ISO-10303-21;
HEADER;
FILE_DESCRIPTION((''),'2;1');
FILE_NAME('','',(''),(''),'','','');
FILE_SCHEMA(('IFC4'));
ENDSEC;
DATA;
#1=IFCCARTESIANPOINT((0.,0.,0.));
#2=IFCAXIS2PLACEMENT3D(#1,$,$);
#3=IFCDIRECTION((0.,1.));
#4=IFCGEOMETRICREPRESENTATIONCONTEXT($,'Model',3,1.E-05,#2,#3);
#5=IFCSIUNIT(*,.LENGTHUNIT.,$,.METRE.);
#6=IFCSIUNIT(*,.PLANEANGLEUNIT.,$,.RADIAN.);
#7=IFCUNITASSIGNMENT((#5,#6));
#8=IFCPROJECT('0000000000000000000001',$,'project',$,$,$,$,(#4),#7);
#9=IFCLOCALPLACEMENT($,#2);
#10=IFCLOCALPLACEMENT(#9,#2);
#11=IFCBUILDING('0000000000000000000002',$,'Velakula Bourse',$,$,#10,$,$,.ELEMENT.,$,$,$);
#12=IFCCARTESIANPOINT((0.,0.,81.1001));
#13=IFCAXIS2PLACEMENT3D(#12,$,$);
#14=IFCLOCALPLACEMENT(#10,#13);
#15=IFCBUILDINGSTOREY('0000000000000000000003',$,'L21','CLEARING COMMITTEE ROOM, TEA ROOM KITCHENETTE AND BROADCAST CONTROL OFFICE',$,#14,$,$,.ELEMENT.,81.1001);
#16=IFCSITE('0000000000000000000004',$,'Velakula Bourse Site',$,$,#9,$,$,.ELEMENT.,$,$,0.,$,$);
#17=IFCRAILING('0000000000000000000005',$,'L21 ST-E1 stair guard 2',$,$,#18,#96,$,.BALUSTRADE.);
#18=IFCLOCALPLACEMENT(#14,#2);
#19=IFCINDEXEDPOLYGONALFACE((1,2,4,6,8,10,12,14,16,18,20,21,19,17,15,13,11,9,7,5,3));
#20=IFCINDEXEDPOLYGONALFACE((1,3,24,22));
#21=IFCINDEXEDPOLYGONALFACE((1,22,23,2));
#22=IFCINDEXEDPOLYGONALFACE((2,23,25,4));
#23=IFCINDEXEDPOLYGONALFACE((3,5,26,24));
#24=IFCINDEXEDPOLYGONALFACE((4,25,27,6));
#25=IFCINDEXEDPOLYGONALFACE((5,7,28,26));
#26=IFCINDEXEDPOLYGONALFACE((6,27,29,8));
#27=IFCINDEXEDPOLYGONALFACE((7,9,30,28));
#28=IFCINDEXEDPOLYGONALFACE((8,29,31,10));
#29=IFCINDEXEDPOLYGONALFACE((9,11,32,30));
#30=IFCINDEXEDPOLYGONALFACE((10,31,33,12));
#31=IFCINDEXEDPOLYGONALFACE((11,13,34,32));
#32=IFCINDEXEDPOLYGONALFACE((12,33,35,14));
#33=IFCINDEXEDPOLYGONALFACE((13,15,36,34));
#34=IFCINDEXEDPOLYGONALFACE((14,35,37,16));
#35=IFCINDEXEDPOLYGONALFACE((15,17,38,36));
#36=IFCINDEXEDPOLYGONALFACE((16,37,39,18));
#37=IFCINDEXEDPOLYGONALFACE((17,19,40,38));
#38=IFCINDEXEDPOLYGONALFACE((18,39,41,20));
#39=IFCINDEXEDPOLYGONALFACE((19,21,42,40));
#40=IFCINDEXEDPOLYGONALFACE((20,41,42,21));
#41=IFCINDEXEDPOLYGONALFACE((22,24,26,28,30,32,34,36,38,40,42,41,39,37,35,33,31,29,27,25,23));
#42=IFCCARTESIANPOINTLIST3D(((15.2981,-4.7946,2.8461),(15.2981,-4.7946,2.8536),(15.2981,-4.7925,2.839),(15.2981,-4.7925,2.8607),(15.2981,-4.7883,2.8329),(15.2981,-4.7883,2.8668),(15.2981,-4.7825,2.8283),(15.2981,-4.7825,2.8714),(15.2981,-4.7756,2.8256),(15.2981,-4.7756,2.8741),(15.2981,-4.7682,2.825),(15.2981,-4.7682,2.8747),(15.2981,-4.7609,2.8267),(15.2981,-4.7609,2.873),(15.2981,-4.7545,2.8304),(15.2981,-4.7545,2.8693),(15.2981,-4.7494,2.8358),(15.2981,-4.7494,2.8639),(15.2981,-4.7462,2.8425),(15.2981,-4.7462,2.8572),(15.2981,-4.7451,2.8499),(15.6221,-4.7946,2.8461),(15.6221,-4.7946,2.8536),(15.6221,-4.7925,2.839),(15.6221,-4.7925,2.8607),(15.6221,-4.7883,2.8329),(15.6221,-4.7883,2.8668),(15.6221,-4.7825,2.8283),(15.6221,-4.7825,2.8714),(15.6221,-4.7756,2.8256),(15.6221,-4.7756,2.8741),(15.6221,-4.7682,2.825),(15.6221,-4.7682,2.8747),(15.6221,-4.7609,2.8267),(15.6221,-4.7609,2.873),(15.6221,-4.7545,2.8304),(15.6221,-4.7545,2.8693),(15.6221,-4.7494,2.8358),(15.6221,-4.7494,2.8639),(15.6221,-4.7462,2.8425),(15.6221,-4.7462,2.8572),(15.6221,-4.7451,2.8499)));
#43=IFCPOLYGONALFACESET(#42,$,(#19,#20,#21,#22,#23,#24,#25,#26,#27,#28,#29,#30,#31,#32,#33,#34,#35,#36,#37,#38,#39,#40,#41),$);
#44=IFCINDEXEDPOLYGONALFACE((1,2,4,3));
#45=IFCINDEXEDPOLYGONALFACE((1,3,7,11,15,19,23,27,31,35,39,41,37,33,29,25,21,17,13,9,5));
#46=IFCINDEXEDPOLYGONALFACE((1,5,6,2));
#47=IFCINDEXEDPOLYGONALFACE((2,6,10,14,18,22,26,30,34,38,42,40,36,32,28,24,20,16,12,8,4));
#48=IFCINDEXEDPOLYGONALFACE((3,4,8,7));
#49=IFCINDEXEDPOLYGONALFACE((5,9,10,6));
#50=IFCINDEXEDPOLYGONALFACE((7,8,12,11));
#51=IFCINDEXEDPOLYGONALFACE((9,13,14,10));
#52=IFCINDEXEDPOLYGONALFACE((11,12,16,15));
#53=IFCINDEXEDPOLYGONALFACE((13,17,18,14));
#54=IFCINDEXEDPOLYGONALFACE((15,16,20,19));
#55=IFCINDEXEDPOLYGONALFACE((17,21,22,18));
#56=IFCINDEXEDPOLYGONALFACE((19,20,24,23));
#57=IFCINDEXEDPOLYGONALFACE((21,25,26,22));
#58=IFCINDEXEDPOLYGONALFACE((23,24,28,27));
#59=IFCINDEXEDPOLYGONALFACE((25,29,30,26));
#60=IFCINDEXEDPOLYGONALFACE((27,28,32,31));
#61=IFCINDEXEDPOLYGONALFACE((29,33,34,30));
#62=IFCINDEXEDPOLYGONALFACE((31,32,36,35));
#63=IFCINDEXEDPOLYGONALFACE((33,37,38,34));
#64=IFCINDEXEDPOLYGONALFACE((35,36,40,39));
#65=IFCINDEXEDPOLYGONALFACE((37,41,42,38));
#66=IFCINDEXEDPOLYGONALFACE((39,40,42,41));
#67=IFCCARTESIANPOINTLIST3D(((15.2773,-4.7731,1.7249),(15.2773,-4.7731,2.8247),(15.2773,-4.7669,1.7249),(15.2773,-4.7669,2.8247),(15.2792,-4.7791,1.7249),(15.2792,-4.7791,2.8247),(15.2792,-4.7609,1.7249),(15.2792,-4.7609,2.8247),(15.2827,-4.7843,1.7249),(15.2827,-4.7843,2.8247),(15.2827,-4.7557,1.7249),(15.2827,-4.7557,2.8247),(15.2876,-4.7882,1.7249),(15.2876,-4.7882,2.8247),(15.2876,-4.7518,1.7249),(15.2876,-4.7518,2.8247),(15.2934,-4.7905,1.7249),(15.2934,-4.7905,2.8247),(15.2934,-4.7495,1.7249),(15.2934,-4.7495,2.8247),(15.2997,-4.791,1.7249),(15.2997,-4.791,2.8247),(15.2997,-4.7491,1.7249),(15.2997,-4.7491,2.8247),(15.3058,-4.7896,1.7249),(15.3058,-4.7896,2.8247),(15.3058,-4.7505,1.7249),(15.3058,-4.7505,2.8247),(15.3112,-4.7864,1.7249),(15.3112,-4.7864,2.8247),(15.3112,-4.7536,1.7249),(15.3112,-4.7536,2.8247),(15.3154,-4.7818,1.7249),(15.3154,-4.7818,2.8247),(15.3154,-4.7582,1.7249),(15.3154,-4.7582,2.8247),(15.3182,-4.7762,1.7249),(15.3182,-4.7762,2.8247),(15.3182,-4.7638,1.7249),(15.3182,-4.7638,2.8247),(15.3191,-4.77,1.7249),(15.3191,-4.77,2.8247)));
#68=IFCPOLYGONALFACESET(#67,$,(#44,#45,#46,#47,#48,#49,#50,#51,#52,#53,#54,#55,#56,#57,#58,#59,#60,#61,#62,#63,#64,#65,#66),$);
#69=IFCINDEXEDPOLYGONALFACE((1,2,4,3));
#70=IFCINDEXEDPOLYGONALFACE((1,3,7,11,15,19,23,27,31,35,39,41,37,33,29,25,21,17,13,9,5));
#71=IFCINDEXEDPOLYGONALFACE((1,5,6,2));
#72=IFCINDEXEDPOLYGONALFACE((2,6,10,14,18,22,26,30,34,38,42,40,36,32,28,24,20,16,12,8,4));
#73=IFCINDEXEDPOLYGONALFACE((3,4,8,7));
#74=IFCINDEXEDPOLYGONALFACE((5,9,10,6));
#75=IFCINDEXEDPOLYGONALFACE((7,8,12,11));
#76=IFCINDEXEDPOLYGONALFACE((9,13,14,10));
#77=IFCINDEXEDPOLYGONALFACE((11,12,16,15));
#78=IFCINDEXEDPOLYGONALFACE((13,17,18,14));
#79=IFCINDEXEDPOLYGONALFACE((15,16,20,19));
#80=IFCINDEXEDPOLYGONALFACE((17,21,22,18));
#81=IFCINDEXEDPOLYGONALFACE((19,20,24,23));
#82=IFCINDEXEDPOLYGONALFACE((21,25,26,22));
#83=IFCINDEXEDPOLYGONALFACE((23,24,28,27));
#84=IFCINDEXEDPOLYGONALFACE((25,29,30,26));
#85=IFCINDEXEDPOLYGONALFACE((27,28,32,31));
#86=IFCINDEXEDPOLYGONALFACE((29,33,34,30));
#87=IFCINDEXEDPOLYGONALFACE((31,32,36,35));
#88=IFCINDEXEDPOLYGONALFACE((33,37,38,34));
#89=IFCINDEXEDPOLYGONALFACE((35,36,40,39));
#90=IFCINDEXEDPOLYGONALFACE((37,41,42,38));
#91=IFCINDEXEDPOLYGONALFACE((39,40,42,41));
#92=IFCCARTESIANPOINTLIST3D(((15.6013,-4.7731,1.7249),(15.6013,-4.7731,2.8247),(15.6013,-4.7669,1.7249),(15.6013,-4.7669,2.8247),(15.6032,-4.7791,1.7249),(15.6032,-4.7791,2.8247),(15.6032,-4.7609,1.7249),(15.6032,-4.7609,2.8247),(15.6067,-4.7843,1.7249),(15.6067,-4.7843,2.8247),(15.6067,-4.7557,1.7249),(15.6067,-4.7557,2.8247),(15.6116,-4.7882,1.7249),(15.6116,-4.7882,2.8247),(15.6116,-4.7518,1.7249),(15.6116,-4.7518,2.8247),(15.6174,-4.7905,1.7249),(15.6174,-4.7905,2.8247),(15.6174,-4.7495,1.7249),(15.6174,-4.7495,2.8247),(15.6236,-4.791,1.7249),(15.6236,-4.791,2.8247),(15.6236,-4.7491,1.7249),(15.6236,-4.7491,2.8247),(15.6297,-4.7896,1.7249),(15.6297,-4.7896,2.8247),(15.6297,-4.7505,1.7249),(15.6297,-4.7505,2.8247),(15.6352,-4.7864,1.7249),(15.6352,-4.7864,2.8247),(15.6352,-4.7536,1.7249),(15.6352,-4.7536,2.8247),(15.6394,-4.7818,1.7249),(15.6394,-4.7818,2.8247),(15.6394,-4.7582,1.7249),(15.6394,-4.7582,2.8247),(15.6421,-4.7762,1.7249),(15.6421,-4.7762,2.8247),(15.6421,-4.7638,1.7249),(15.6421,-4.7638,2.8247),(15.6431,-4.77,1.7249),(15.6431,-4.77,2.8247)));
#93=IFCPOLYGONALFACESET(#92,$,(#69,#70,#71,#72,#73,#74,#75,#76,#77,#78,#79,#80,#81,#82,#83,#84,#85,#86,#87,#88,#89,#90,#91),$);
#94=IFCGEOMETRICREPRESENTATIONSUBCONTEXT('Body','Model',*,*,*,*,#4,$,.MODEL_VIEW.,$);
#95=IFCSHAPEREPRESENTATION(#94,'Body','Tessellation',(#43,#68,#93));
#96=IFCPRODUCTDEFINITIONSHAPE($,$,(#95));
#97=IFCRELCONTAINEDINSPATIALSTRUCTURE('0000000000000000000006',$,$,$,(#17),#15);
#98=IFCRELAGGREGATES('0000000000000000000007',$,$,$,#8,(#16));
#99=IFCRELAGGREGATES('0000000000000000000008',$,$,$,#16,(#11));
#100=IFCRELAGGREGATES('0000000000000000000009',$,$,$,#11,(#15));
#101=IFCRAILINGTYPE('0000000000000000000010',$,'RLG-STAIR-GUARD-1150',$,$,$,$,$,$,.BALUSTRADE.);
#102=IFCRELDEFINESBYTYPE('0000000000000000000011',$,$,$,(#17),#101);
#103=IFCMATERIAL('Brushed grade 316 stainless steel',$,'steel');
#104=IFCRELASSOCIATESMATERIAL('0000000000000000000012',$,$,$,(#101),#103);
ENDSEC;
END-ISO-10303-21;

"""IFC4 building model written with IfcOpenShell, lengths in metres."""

from ifc_helpers import new_model, si_unit, direction, frame, origin, origin_2d, place, context, subcontext, project, spatial, circle, extrude, material, type_object, element, save


model = new_model("IFC4")

# Units and contexts
model_context = context("Model", 3, precision=1e-05, world=origin(), true_north=direction((0.0, 1.0)))
body_context = subcontext(model_context, "Body", "Model", "MODEL_VIEW")
ifc_project = project(units=[si_unit("LENGTHUNIT", "METRE"), si_unit("PLANEANGLEUNIT", "RADIAN")], contexts=[model_context])

# Site, building, storey
site_placement = place(None, origin())
site = spatial("IfcSite", under=ifc_project, at=site_placement, Name="Velakula Bourse Site", CompositionType="ELEMENT", RefElevation=0.0)
building_placement = place(site_placement, origin())
building = spatial("IfcBuilding", under=site, at=building_placement, Name="Velakula Bourse", CompositionType="ELEMENT")
storey_placement = place(building_placement, frame((0.0, 0.0, 81.1001)))
storey = spatial("IfcBuildingStorey", under=building, at=storey_placement, Name="L21", Description="CLEARING COMMITTEE ROOM, TEA ROOM KITCHENETTE AND BROADCAST CONTROL OFFICE", CompositionType="ELEMENT", Elevation=81.1001)

# Railing
ifc_material_1 = material(Name="Brushed grade 316 stainless steel", Category="steel")
railing_type_1 = type_object("IfcRailingType", Name="RLG-STAIR-GUARD-1150", PredefinedType="BALUSTRADE", material=ifc_material_1)
railing_1_placement = place(storey_placement, frame((15.2981, -4.77, 1.7249)))
element("IfcRailing", 1, at=railing_1_placement, inside=storey, type_object=railing_type_1, Name="L21 ST-E1 stair guard 2", PredefinedType="BALUSTRADE", context=body_context, shape_type="SweptSolid", body=[
    extrude(circle(Radius=0.0249, at=origin_2d()), frame((0.0, 0.0, 1.125), z_axis=(1.0, 0.0, 0.0), x_axis=(0.0, 1.0, 0.0)), (0.0, 0.0, 1.0), 0.324),
    extrude(circle(Radius=0.021, at=origin_2d()), origin(), (0.0, 0.0, 1.0), 1.0999),
    extrude(circle(Radius=0.021, at=origin_2d()), frame((0.324, 0.0, 0.0)), (0.0, 0.0, 1.0), 1.0999),
])

save(model, "model.ifc")
